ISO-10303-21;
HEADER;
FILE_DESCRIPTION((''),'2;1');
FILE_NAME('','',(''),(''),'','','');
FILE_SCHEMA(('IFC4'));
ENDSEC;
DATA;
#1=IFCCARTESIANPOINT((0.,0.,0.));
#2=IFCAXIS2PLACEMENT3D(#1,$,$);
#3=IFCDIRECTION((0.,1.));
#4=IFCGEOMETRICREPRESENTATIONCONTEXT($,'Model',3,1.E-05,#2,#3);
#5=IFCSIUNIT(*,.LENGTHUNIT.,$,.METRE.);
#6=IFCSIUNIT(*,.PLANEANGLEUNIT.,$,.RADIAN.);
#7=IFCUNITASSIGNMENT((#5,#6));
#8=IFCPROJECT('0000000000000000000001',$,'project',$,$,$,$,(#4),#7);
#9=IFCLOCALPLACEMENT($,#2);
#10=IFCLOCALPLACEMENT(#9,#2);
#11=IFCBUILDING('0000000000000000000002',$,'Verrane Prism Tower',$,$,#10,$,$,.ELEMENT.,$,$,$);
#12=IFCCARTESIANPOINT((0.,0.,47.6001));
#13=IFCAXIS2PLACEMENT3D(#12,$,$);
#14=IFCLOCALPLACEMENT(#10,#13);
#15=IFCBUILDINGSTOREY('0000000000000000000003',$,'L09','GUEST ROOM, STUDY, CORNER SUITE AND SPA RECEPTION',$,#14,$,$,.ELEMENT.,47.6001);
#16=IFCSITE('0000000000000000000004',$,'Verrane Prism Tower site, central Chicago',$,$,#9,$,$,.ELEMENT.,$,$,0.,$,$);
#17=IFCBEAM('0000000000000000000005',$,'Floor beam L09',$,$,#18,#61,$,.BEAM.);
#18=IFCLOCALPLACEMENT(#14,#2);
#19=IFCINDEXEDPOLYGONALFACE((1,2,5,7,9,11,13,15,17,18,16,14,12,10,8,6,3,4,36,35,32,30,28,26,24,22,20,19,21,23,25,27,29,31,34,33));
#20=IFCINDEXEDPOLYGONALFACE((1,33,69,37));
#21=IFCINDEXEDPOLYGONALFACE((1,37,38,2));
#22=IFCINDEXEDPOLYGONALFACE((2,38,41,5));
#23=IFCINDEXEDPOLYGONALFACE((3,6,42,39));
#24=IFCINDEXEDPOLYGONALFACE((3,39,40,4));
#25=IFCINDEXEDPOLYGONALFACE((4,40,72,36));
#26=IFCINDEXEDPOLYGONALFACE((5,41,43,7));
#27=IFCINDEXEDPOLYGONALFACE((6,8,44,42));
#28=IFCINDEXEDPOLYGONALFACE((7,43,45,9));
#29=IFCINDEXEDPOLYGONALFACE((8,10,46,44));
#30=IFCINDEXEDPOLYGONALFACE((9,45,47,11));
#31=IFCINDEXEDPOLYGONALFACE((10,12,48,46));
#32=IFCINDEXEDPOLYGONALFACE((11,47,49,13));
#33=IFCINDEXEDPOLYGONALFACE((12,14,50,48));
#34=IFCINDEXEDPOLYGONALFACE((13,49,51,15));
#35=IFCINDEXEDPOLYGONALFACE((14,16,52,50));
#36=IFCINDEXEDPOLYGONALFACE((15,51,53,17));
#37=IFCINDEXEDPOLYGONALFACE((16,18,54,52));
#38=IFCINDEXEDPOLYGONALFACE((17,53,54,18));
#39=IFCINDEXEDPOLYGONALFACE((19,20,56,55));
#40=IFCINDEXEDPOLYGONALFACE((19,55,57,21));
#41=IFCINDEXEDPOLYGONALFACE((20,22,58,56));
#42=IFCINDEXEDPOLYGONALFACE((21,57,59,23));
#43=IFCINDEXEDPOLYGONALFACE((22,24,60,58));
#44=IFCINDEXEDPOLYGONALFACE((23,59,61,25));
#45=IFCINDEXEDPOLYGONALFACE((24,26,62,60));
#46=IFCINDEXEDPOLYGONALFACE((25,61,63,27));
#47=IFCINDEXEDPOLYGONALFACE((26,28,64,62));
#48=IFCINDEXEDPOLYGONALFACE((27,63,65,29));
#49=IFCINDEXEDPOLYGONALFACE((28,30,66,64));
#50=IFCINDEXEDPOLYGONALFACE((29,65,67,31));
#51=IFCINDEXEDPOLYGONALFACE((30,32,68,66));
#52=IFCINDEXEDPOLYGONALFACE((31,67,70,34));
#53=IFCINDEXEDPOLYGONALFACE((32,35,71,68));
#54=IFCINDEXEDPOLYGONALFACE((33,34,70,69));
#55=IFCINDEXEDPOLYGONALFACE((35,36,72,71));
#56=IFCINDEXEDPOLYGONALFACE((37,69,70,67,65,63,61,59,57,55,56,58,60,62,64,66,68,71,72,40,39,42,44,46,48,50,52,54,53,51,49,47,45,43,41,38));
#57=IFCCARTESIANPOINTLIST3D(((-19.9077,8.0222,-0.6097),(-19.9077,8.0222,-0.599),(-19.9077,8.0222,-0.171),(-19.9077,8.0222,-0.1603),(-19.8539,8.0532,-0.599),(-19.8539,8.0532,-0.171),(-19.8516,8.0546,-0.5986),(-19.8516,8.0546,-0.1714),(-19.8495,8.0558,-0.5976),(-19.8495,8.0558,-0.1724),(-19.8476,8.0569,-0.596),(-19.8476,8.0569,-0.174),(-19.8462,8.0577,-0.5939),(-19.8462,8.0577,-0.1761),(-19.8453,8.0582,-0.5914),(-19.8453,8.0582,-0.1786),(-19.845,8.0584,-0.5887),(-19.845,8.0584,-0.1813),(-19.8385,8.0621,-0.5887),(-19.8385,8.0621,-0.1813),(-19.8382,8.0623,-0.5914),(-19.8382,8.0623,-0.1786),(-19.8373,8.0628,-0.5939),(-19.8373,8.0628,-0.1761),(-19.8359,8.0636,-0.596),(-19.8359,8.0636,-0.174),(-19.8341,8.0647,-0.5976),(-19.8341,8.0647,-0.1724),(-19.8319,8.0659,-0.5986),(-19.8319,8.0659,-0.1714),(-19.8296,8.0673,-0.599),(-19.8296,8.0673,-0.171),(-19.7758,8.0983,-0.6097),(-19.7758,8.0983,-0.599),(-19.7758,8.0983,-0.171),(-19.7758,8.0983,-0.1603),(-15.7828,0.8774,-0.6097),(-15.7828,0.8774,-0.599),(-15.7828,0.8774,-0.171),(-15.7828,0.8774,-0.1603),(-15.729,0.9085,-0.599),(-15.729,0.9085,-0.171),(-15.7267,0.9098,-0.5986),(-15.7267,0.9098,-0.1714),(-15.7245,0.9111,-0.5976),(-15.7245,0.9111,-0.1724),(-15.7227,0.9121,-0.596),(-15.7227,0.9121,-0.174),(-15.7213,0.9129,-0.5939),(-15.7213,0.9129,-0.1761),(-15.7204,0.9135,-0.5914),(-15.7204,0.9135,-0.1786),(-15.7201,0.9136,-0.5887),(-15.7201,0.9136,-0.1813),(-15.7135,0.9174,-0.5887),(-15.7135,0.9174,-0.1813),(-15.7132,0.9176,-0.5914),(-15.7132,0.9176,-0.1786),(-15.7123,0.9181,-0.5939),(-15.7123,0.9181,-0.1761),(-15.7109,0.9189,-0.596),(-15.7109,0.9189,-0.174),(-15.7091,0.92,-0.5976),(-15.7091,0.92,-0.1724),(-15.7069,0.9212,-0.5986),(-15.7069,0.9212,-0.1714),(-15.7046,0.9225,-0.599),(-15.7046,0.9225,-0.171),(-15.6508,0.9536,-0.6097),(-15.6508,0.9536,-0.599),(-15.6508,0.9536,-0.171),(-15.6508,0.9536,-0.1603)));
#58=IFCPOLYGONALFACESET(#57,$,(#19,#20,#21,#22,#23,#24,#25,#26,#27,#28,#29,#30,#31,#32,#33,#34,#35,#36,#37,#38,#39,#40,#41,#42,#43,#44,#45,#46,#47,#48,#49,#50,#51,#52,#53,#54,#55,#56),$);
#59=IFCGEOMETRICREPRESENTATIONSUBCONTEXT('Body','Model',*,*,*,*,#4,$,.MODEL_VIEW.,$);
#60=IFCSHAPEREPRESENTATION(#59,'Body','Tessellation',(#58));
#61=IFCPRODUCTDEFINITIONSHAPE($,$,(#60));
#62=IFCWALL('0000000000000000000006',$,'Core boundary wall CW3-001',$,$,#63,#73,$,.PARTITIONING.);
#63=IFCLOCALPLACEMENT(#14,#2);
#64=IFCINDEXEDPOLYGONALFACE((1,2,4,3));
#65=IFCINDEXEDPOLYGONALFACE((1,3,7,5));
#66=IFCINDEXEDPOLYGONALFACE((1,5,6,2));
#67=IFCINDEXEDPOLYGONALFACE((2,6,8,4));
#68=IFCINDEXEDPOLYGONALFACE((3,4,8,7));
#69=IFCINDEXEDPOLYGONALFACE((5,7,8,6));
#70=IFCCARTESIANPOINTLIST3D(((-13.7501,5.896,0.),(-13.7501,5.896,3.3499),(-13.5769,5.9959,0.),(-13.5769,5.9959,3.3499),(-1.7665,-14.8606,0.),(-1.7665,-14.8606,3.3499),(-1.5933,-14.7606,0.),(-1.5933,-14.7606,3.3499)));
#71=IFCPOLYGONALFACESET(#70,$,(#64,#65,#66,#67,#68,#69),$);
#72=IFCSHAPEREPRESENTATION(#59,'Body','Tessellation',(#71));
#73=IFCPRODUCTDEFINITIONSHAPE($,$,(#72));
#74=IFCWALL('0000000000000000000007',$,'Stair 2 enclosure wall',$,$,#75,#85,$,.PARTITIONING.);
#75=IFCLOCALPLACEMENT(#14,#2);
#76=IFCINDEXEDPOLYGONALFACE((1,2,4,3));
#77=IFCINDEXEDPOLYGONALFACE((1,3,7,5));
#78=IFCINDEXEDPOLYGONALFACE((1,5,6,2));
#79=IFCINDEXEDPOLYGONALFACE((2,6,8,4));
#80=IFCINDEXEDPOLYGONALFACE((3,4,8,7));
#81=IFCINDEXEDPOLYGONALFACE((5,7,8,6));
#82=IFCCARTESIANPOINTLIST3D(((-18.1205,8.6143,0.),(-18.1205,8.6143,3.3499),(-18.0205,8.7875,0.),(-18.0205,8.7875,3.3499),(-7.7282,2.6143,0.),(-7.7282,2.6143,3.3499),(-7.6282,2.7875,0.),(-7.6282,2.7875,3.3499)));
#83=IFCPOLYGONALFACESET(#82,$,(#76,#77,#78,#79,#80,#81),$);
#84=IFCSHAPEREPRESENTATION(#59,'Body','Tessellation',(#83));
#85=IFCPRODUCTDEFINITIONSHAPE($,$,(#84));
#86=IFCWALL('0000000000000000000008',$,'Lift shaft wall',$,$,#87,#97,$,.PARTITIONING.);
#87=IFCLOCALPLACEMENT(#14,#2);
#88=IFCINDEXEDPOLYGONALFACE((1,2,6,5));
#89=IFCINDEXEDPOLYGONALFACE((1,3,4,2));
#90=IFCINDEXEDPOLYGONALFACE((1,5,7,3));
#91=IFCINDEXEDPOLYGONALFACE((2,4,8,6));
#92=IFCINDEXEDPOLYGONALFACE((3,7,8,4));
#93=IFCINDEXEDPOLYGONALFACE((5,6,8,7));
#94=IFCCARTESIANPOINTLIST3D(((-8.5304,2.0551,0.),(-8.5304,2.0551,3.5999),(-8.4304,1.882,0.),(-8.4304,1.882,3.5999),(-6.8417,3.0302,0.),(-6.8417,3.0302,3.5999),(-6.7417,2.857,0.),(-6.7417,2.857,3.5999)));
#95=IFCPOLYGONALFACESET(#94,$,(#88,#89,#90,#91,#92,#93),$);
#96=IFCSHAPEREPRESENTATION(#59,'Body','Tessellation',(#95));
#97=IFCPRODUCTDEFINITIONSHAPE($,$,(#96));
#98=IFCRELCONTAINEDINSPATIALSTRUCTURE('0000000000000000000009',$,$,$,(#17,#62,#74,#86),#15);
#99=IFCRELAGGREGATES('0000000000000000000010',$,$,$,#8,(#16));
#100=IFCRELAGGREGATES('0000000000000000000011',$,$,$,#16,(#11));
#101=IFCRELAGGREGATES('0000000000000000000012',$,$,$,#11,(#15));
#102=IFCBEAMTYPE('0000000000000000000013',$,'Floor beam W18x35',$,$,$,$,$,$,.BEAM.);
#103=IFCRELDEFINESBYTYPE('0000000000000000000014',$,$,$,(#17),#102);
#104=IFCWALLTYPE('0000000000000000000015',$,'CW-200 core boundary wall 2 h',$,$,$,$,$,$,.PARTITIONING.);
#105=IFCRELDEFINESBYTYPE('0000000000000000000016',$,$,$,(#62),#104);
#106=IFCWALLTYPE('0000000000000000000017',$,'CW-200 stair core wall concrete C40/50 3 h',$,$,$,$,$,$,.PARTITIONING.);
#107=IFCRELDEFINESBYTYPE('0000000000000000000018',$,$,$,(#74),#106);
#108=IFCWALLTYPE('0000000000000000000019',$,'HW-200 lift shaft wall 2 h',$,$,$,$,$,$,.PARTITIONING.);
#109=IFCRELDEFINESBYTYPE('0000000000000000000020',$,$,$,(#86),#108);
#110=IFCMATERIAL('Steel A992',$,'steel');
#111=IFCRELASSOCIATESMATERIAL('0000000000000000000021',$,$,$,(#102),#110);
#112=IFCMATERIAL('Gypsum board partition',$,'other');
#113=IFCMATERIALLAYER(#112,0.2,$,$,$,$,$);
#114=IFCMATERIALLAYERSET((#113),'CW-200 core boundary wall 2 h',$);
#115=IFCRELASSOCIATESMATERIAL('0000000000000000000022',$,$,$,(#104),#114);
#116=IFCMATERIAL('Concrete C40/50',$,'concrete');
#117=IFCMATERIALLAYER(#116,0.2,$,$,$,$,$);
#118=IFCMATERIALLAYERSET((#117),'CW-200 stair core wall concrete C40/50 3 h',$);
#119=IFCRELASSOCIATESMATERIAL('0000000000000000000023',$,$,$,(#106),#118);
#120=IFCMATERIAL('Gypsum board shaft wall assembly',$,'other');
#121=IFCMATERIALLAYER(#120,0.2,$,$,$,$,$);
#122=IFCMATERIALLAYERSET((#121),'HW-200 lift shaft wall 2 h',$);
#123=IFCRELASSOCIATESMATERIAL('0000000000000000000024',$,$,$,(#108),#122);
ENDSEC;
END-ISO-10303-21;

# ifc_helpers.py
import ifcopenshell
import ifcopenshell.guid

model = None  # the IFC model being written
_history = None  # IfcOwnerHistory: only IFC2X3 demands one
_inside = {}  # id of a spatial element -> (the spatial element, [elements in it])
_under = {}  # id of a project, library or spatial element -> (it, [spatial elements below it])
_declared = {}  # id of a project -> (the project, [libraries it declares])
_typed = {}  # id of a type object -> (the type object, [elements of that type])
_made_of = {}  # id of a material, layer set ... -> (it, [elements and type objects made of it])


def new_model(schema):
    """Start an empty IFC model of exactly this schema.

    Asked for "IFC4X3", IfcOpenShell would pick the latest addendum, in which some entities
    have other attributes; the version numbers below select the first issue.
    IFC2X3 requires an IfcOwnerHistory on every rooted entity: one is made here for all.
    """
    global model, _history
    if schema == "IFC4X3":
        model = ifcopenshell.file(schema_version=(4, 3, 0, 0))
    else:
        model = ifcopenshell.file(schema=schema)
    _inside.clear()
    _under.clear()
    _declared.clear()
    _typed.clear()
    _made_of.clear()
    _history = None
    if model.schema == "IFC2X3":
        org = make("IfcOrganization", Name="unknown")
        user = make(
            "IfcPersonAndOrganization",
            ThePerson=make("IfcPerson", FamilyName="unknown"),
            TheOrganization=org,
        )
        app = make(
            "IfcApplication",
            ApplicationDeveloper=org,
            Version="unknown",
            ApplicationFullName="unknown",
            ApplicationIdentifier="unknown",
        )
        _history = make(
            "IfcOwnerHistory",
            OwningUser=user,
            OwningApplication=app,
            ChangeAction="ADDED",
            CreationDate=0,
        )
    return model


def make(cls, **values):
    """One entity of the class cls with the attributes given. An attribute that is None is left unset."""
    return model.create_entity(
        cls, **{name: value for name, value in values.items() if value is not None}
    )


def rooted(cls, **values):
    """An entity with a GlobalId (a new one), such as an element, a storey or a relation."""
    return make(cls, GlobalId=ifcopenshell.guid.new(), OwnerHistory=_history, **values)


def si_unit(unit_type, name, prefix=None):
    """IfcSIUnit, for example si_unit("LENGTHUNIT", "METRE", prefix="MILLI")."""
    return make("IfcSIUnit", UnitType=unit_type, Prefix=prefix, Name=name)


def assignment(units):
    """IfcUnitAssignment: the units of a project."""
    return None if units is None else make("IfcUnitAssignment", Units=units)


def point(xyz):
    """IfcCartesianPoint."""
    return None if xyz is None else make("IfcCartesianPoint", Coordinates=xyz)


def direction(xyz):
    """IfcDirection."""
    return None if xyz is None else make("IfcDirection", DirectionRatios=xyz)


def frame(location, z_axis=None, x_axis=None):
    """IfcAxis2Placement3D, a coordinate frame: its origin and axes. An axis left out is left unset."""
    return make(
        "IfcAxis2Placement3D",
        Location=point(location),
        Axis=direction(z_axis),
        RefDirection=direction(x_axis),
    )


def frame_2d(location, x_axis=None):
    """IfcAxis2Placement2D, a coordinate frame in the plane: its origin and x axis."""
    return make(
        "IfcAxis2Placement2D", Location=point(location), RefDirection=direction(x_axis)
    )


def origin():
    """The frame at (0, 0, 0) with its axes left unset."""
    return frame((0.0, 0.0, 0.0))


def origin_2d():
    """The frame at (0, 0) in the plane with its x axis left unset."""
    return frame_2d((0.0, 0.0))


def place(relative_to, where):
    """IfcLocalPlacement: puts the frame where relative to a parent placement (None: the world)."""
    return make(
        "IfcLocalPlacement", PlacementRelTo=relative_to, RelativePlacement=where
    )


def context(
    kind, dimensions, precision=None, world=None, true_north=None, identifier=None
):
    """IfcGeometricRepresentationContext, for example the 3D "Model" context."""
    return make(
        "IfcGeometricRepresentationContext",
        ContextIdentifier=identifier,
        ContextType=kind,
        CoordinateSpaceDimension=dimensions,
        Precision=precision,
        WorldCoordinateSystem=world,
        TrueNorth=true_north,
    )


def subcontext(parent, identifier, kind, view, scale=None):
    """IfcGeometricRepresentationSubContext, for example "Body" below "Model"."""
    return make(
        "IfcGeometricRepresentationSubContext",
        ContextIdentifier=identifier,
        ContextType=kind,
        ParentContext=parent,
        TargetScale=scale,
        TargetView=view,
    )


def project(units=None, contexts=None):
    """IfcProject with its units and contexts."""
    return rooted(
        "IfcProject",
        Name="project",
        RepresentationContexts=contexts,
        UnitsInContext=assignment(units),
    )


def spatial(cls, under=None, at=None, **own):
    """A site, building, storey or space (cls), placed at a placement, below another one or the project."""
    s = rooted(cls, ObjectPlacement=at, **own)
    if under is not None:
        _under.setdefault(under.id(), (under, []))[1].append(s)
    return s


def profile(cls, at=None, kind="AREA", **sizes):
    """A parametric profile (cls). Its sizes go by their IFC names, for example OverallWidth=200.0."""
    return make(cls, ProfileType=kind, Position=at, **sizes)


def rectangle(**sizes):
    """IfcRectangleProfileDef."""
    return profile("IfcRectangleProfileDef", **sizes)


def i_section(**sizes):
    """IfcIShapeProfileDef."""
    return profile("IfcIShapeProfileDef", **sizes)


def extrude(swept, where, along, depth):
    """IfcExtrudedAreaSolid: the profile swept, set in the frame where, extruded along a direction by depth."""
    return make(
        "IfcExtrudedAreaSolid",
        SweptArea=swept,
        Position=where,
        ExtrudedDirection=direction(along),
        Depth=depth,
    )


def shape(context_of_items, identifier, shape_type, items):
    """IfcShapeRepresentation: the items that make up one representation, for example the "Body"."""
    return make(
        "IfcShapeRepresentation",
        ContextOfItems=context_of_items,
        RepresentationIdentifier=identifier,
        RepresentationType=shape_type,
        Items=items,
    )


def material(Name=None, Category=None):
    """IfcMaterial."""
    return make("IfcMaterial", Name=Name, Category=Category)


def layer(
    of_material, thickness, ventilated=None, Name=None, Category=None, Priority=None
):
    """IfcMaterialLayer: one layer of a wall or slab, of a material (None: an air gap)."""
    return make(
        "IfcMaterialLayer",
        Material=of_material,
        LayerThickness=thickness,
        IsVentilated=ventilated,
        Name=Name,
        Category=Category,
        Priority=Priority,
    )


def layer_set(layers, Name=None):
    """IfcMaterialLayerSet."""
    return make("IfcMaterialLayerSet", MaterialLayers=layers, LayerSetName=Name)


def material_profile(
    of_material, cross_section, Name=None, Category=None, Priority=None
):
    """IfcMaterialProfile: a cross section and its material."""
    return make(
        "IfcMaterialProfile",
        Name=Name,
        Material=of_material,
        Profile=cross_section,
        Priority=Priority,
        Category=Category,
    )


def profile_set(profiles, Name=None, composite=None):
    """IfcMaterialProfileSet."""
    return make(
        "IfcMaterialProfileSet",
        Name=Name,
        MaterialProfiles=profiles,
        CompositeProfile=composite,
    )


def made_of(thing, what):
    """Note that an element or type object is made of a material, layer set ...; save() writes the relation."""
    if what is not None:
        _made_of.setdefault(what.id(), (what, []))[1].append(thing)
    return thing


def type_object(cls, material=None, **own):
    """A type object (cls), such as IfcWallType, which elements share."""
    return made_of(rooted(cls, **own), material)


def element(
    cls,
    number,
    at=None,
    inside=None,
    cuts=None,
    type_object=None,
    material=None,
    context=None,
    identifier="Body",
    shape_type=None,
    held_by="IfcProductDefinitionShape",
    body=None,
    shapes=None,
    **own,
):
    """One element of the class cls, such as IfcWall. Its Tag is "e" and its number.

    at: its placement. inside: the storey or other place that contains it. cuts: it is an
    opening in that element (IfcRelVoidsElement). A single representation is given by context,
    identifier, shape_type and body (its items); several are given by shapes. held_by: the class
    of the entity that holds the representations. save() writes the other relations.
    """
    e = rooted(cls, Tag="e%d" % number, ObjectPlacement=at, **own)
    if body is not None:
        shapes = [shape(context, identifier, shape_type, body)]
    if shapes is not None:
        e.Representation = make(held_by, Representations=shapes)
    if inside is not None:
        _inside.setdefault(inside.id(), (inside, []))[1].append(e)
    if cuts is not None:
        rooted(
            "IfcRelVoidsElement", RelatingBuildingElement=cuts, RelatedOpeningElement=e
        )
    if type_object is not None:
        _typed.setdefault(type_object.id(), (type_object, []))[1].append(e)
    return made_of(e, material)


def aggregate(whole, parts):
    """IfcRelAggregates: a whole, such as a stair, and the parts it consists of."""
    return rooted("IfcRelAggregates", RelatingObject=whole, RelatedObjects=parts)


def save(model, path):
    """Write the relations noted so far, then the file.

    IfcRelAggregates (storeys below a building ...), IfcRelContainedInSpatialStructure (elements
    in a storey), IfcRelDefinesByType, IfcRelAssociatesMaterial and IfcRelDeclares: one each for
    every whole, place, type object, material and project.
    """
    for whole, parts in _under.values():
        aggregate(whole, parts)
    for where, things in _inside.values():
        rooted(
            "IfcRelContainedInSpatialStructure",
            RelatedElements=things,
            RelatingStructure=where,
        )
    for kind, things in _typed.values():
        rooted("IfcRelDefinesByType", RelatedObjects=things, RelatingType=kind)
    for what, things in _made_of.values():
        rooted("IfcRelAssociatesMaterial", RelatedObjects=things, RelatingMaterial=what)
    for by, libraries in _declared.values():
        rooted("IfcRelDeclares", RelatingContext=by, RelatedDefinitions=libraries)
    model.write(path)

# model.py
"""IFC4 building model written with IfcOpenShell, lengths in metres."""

from ifc_helpers import new_model, si_unit, direction, frame, frame_2d, origin, origin_2d, place, context, subcontext, project, spatial, rectangle, i_section, extrude, material, layer, layer_set, material_profile, profile_set, type_object, element, save


model = new_model("IFC4")

# Units and contexts
model_context = context("Model", 3, precision=1e-05, world=origin(), true_north=direction((0.0, 1.0)))
body_context = subcontext(model_context, "Body", "Model", "MODEL_VIEW")
ifc_project = project(units=[si_unit("LENGTHUNIT", "METRE"), si_unit("PLANEANGLEUNIT", "RADIAN")], contexts=[model_context])

# Site, building, storey
site_placement = place(None, origin())
site = spatial("IfcSite", under=ifc_project, at=site_placement, Name="Verrane Prism Tower site, central Chicago", CompositionType="ELEMENT", RefElevation=0.0)
building_placement = place(site_placement, origin())
building = spatial("IfcBuilding", under=site, at=building_placement, Name="Verrane Prism Tower", CompositionType="ELEMENT")
storey_placement = place(building_placement, frame((0.0, 0.0, 47.6001)))
storey = spatial("IfcBuildingStorey", under=building, at=storey_placement, Name="L09", Description="GUEST ROOM, STUDY, CORNER SUITE AND SPA RECEPTION", CompositionType="ELEMENT", Elevation=47.6001)

# Beam
ifc_material_1 = material(Name="Steel A992", Category="steel")
ifc_material_profile_1 = material_profile(ifc_material_1, i_section(OverallWidth=0.1523, OverallDepth=0.4495, WebThickness=0.0076, FlangeThickness=0.0107, FilletRadius=0.0103, at=origin_2d()), Name="W18x35")
ifc_profile_set_1 = profile_set([ifc_material_profile_1], Name="Steel A992")
beam_type_1 = type_object("IfcBeamType", Name="Floor beam W18x35", PredefinedType="BEAM", material=ifc_profile_set_1)
beam_1_placement = place(storey_placement, frame((-15.7168, 0.9155, -0.385), z_axis=(-0.499997, 0.866027, 0.0), x_axis=(-0.866027, -0.499997, 0.0)))
element("IfcBeam", 1, at=beam_1_placement, inside=storey, type_object=beam_type_1, Name="Floor beam L09", PredefinedType="BEAM", context=body_context, shape_type="SweptSolid", body=[
    extrude(i_section(OverallWidth=0.1523, OverallDepth=0.4495, WebThickness=0.0076, FlangeThickness=0.0107, FilletRadius=0.0103, at=origin_2d()), origin(), (0.0, 0.0, 1.0), 8.25),
])

# Walls
ifc_material_2 = material(Name="Gypsum board partition", Category="other")
ifc_layer_1 = layer(ifc_material_2, 0.2)
ifc_layer_set_1 = layer_set([ifc_layer_1], Name="CW-200 core boundary wall 2 h")
wall_type_1 = type_object("IfcWallType", Name="CW-200 core boundary wall 2 h", PredefinedType="PARTITIONING", material=ifc_layer_set_1)
wall_1_placement = place(storey_placement, frame((-13.6636, 5.946, 0.0), z_axis=(0.0, 0.0, 1.0), x_axis=(0.499994, -0.866029, 0.0)))
element("IfcWall", 2, at=wall_1_placement, inside=storey, type_object=wall_type_1, Name="Core boundary wall CW3-001", PredefinedType="PARTITIONING", context=body_context, shape_type="SweptSolid", body=[
    extrude(rectangle(XDim=23.9675, YDim=0.2, at=frame_2d((11.9839, 0.0))), origin(), (0.0, 0.0, 1.0), 3.3499),
])
ifc_material_3 = material(Name="Concrete C40/50", Category="concrete")
ifc_layer_2 = layer(ifc_material_3, 0.2)
ifc_layer_set_2 = layer_set([ifc_layer_2], Name="CW-200 stair core wall concrete C40/50 3 h")
wall_type_2 = type_object("IfcWallType", Name="CW-200 stair core wall concrete C40/50 3 h", PredefinedType="PARTITIONING", material=ifc_layer_set_2)
wall_2_placement = place(storey_placement, frame((-7.6782, 2.7009, 0.0), z_axis=(0.0, 0.0, 1.0), x_axis=(-0.866026, 0.499999, 0.0)))
element("IfcWall", 3, at=wall_2_placement, inside=storey, type_object=wall_type_2, Name="Stair 2 enclosure wall", PredefinedType="PARTITIONING", context=body_context, shape_type="SweptSolid", body=[
    extrude(rectangle(XDim=12.0, YDim=0.2, at=frame_2d((6.0, 0.0))), origin(), (0.0, 0.0, 1.0), 3.3499),
])
ifc_material_4 = material(Name="Gypsum board shaft wall assembly", Category="other")
ifc_layer_3 = layer(ifc_material_4, 0.2)
ifc_layer_set_3 = layer_set([ifc_layer_3], Name="HW-200 lift shaft wall 2 h")
wall_type_3 = type_object("IfcWallType", Name="HW-200 lift shaft wall 2 h", PredefinedType="PARTITIONING", material=ifc_layer_set_3)
wall_3_placement = place(storey_placement, frame((-8.4805, 1.9685, 0.0), z_axis=(0.0, 0.0, 1.0), x_axis=(0.866, 0.500044, 0.0)))
element("IfcWall", 4, at=wall_3_placement, inside=storey, type_object=wall_type_3, Name="Lift shaft wall", PredefinedType="PARTITIONING", context=body_context, shape_type="SweptSolid", body=[
    extrude(rectangle(XDim=1.95, YDim=0.2, at=frame_2d((0.9751, 0.0))), origin(), (0.0, 0.0, 1.0), 3.5999),
])

save(model, "model.ifc")
